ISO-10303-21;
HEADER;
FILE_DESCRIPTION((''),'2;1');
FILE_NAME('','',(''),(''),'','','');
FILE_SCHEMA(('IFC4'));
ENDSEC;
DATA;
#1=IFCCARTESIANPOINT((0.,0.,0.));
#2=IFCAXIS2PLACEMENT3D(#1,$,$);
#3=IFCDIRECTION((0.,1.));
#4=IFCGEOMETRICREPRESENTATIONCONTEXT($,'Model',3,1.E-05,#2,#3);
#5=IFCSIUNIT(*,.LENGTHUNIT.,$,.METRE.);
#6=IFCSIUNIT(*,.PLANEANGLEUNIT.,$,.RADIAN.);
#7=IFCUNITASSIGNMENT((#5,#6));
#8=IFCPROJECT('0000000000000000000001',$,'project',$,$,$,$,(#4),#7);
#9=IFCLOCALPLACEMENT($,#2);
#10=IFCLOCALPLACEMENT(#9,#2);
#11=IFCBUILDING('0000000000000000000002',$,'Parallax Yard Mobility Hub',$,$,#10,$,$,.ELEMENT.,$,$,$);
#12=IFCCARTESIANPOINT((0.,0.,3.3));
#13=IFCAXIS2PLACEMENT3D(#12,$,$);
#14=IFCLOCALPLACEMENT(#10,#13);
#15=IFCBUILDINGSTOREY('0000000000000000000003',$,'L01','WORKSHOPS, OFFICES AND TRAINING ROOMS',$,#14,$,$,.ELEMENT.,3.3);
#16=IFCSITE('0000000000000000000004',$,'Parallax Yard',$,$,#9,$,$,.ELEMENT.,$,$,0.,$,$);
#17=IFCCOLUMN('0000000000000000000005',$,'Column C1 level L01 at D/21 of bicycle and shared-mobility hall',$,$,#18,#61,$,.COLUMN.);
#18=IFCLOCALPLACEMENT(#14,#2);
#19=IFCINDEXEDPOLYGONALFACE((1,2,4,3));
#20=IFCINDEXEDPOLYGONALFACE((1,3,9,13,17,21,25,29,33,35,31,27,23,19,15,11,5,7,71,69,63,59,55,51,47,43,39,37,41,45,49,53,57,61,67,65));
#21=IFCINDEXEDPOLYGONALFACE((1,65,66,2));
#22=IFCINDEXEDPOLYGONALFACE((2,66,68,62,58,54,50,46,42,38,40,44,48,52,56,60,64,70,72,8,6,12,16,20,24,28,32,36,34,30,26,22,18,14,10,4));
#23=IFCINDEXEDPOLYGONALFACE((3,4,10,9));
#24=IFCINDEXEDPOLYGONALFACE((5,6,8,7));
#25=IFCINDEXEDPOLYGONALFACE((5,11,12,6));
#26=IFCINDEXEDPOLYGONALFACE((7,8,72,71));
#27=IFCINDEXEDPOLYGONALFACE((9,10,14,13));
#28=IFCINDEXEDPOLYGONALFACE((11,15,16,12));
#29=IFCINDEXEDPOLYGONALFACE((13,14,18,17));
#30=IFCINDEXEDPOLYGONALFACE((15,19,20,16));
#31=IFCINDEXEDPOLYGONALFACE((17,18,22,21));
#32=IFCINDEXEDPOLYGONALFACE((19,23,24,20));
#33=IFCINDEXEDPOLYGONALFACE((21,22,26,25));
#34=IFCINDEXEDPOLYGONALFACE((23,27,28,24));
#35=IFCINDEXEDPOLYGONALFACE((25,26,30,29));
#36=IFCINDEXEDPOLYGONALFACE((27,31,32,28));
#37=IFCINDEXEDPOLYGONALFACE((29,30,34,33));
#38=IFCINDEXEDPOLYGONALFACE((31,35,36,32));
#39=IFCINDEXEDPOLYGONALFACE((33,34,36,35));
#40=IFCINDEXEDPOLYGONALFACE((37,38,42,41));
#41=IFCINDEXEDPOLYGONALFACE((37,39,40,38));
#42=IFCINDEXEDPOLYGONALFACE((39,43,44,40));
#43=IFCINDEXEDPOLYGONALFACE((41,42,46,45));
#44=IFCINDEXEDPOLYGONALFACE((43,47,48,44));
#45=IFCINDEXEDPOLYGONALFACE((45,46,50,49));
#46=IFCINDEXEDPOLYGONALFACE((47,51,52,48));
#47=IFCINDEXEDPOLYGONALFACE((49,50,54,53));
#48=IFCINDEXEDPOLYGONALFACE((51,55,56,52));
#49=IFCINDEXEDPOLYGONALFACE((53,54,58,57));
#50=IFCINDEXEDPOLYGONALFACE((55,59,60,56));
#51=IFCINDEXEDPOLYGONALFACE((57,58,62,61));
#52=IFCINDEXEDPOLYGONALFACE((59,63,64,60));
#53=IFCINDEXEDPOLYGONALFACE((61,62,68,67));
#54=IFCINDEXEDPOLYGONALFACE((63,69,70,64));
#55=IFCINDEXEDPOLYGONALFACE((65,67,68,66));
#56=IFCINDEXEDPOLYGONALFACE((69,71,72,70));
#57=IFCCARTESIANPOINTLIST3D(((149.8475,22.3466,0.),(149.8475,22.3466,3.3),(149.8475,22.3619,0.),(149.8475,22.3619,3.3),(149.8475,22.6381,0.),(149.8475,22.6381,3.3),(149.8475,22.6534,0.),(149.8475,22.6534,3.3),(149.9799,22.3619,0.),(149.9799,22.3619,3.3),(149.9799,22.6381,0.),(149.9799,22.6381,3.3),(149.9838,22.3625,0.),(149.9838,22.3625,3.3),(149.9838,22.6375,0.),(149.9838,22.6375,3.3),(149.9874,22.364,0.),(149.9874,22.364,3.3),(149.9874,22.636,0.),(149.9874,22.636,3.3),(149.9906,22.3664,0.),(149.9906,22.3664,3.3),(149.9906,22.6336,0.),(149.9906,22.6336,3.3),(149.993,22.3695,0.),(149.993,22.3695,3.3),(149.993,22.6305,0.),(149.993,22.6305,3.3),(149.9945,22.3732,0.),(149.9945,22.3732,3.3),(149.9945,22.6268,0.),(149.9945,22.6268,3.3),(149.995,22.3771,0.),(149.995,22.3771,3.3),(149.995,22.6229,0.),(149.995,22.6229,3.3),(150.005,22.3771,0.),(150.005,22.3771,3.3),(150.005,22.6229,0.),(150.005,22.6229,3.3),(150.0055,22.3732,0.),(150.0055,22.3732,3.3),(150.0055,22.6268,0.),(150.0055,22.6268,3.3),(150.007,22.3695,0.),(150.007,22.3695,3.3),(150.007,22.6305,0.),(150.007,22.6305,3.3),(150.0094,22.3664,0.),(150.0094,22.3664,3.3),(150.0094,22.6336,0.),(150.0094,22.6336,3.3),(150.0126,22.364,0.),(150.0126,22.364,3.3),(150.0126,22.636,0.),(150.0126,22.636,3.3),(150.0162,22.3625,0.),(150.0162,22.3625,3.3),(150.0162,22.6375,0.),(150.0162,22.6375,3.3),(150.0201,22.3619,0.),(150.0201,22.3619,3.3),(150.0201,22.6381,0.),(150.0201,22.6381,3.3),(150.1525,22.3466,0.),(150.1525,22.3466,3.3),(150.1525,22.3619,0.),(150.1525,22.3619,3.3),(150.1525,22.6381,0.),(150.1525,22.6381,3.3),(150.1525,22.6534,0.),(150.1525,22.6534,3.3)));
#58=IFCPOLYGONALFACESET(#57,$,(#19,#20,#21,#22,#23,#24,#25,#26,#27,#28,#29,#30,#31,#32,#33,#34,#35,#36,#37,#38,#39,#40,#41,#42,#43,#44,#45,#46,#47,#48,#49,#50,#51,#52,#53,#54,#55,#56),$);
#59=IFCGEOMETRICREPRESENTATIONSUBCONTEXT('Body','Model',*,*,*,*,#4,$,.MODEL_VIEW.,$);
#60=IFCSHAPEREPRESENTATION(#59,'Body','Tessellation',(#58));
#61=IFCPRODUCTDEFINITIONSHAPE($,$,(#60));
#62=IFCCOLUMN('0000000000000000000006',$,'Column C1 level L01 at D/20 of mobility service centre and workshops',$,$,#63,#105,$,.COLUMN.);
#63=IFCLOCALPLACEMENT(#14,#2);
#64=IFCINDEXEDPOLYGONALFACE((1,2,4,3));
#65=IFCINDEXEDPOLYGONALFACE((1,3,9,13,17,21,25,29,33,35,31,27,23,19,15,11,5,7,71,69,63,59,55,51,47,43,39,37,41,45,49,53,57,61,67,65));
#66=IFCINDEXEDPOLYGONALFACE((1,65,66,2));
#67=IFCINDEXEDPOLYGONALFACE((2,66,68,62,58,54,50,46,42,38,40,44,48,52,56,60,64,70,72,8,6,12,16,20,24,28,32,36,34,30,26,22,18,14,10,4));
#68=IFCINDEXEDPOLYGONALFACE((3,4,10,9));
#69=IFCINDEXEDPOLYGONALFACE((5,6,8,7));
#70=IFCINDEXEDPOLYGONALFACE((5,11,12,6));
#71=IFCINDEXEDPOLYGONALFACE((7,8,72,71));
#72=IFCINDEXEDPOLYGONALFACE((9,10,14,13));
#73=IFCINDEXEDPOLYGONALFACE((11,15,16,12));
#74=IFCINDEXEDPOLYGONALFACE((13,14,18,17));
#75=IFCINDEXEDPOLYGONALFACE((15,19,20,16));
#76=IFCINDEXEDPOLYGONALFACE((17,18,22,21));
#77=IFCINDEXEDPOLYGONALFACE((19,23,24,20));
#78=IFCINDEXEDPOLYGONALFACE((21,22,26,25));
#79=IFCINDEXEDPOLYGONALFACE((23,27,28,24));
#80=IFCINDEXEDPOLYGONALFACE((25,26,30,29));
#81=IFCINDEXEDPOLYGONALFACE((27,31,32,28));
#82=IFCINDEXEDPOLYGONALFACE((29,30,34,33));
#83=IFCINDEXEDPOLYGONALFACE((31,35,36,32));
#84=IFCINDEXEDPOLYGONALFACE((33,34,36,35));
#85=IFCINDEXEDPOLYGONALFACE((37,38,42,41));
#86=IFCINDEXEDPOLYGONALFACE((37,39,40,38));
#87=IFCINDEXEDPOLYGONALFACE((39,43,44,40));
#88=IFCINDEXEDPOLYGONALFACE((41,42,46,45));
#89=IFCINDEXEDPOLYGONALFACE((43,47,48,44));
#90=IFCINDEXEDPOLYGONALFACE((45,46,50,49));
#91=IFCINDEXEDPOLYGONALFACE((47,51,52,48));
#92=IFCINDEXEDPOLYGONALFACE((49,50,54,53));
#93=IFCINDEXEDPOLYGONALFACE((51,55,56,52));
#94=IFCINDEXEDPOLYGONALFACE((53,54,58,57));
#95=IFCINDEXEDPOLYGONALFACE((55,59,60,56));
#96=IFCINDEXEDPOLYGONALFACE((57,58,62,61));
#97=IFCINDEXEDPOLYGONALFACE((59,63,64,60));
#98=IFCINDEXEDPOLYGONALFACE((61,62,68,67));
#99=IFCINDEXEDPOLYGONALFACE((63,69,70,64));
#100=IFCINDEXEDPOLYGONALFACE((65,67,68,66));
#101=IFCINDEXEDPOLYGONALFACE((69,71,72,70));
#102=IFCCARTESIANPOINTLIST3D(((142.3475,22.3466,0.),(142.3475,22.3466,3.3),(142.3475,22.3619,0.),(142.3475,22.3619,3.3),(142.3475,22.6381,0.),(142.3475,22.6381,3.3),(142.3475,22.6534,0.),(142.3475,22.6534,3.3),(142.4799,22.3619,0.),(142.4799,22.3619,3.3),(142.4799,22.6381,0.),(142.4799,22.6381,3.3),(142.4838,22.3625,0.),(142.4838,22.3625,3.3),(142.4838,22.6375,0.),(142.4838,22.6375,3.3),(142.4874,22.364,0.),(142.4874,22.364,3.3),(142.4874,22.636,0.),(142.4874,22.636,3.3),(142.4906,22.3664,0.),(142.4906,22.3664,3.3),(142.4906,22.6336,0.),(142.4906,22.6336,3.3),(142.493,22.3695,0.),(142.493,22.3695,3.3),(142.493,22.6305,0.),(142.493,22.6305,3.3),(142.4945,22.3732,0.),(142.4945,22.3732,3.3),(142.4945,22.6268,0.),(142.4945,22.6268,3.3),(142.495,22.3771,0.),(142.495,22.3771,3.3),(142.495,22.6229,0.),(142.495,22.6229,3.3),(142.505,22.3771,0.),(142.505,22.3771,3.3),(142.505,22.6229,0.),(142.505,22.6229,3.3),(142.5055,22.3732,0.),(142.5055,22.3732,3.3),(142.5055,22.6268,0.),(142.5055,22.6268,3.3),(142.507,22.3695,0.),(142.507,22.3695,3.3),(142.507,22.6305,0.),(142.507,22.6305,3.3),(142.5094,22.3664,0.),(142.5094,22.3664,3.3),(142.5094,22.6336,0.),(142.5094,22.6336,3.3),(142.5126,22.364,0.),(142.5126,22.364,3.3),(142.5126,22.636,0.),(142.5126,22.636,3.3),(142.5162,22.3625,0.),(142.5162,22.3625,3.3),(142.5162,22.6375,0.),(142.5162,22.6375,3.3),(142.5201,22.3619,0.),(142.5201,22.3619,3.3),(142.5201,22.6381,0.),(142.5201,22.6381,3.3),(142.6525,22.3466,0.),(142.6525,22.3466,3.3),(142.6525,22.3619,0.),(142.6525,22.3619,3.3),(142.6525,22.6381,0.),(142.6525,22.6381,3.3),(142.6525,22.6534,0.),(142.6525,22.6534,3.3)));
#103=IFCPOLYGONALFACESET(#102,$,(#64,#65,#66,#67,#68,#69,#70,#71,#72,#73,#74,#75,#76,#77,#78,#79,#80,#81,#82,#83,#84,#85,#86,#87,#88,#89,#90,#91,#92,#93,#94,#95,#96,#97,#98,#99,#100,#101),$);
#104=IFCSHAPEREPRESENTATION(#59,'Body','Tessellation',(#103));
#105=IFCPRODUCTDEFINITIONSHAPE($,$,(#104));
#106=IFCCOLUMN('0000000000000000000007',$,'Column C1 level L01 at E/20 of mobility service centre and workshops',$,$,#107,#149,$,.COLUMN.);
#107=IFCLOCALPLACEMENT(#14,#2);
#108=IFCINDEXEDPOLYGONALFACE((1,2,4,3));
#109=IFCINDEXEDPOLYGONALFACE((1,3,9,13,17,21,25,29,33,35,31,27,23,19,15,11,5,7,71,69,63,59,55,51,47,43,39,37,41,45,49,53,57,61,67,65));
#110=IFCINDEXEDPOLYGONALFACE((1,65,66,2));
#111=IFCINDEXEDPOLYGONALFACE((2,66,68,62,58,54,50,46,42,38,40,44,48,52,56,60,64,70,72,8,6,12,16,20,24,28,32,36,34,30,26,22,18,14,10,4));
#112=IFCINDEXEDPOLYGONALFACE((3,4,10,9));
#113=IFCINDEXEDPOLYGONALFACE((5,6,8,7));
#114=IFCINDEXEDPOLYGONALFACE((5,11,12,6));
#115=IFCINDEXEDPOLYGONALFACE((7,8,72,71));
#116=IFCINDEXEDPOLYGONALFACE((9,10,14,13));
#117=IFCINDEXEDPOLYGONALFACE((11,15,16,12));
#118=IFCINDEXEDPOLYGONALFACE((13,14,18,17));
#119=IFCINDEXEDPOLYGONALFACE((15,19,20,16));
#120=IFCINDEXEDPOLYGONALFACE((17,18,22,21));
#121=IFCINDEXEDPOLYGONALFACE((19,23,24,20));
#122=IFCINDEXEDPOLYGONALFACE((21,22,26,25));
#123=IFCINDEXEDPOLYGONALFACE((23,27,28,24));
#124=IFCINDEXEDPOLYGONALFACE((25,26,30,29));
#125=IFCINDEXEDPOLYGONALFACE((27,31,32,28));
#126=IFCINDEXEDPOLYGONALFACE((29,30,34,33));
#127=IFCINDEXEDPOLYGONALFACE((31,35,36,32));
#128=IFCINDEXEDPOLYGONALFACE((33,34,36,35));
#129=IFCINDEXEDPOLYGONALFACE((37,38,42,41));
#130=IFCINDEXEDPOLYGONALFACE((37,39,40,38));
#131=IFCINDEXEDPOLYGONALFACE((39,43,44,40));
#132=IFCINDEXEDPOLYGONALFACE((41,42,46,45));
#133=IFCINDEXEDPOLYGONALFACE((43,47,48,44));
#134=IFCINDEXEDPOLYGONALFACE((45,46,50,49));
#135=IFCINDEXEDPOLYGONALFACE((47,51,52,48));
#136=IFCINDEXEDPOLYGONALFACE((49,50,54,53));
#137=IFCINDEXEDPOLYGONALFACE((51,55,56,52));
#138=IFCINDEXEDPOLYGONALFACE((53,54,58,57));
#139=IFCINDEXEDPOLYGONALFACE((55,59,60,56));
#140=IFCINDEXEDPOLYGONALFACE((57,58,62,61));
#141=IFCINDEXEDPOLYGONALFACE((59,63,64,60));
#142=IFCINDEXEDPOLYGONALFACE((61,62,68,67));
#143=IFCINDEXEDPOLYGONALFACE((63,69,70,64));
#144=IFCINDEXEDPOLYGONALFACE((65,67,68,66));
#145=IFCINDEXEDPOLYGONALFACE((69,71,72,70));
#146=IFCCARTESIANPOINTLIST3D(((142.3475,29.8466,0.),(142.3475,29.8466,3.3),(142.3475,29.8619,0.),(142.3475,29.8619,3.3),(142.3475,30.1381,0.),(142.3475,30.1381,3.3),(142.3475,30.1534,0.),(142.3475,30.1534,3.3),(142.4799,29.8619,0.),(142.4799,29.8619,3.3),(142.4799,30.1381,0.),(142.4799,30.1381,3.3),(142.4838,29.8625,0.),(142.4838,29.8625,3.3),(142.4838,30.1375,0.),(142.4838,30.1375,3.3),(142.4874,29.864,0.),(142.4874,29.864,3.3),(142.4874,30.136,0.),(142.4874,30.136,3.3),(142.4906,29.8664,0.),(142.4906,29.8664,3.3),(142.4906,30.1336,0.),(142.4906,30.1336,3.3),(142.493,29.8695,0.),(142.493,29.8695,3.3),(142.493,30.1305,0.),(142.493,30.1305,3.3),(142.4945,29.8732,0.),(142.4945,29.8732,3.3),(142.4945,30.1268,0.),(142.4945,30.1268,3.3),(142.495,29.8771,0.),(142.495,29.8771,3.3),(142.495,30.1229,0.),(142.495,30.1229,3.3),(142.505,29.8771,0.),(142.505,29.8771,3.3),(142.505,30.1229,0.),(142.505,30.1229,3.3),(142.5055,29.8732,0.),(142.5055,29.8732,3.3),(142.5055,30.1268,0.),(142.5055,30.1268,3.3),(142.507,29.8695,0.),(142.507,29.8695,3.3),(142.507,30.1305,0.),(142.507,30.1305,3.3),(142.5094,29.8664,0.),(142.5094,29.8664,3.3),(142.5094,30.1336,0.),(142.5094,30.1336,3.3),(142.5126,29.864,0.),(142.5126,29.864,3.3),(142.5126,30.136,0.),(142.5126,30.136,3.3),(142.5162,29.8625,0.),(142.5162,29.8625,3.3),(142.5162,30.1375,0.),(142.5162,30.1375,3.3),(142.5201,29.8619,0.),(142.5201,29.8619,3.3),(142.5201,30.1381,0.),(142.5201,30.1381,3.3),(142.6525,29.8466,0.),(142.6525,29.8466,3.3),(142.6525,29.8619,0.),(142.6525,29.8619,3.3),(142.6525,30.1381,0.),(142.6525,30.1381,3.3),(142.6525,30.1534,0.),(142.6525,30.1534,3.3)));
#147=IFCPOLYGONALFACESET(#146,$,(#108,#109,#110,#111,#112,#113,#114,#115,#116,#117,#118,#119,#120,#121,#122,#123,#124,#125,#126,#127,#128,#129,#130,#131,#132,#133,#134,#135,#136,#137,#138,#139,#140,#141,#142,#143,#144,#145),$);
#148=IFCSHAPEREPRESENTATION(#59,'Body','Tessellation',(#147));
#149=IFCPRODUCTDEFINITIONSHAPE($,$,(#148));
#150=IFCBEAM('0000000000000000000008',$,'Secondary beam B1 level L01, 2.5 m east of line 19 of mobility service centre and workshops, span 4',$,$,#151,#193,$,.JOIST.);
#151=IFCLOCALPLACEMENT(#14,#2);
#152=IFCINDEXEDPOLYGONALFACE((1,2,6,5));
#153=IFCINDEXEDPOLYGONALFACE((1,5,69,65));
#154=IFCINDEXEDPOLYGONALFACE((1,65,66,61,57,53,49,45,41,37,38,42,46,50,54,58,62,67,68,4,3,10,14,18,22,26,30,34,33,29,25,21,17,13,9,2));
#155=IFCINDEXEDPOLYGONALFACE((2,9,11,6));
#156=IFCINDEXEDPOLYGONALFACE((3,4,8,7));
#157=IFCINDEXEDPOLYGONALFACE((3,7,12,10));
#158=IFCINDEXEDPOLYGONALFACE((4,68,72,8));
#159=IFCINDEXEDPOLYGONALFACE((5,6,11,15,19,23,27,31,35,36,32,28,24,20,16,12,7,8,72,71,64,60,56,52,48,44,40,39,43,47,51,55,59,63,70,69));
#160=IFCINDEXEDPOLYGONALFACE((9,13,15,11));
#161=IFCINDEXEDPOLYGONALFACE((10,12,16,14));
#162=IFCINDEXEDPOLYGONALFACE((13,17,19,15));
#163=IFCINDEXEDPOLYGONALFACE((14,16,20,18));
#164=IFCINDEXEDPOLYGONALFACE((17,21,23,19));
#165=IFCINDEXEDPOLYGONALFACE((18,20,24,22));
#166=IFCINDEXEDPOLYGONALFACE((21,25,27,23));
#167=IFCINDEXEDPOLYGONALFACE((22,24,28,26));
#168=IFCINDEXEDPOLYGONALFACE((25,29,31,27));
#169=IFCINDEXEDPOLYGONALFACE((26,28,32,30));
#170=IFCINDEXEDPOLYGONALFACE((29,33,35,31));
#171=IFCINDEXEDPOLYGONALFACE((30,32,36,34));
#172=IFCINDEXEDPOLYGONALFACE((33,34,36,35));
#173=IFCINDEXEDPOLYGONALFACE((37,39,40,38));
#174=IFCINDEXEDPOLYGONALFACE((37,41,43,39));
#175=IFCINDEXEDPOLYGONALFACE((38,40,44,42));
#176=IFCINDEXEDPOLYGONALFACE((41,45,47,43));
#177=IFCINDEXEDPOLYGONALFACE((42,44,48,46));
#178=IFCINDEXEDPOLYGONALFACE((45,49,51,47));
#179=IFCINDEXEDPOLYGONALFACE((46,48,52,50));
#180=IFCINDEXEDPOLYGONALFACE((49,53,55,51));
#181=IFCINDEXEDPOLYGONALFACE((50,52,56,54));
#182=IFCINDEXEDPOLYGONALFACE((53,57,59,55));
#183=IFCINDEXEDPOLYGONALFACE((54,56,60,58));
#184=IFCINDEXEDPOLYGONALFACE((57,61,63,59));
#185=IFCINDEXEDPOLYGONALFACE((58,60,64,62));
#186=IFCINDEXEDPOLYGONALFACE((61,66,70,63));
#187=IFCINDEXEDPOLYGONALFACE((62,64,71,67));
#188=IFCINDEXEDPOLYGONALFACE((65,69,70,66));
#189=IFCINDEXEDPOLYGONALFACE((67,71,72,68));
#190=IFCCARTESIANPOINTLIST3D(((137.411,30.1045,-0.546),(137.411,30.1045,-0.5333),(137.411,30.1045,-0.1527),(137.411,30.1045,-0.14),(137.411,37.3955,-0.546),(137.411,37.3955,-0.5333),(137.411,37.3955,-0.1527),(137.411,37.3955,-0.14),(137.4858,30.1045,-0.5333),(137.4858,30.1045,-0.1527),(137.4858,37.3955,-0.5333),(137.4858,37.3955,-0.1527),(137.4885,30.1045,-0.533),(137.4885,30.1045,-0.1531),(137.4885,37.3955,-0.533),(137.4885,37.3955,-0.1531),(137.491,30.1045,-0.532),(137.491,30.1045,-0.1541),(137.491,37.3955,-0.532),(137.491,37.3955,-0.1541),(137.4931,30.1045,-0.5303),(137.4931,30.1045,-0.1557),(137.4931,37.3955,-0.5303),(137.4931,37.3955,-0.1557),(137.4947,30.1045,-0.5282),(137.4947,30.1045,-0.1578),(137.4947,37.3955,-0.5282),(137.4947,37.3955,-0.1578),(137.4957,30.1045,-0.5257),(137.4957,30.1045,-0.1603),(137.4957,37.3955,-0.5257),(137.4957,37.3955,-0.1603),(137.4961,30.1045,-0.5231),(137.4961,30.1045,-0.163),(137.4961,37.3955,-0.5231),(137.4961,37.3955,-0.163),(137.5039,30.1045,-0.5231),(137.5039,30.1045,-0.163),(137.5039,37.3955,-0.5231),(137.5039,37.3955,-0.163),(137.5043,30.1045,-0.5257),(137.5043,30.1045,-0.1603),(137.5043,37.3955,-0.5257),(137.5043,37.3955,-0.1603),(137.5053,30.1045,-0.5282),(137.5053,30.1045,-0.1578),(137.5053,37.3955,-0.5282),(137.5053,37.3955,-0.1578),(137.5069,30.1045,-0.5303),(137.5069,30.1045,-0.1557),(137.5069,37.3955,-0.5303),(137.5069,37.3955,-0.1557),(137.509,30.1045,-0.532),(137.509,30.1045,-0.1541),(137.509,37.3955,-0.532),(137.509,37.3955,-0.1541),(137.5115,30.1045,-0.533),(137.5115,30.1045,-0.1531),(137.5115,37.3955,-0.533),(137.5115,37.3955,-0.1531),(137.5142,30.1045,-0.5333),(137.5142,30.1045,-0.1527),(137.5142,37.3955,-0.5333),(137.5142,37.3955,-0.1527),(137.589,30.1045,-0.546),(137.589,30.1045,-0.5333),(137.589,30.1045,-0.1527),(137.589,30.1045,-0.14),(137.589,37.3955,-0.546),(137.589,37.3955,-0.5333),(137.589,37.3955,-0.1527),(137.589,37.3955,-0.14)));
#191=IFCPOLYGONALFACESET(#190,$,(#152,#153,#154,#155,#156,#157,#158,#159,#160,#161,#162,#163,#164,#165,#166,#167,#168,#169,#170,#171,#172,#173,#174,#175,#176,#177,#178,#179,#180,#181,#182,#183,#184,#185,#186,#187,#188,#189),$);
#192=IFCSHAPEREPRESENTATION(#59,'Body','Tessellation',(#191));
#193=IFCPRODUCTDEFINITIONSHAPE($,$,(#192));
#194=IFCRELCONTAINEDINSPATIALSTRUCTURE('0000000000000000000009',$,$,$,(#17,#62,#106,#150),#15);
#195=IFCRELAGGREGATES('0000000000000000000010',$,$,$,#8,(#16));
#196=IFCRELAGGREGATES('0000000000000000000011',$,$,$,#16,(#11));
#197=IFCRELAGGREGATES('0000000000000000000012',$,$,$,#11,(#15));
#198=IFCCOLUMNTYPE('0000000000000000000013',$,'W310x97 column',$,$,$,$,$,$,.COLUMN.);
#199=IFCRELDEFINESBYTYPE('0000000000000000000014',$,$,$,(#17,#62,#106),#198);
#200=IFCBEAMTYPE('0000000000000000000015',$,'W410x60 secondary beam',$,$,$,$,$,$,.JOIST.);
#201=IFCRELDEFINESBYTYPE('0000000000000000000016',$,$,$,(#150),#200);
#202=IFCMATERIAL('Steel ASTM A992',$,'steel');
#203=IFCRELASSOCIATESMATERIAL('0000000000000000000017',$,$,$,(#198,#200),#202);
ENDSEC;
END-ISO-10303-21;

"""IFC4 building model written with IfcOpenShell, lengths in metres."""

from ifc_helpers import new_model, si_unit, direction, frame, origin, origin_2d, place, context, subcontext, project, spatial, i_section, extrude, material, material_profile, profile_set, type_object, element, save


model = new_model("IFC4")

# Units and contexts
model_context = context("Model", 3, precision=1e-05, world=origin(), true_north=direction((0.0, 1.0)))
body_context = subcontext(model_context, "Body", "Model", "MODEL_VIEW")
ifc_project = project(units=[si_unit("LENGTHUNIT", "METRE"), si_unit("PLANEANGLEUNIT", "RADIAN")], contexts=[model_context])

# Site, building, storey
site_placement = place(None, origin())
site = spatial("IfcSite", under=ifc_project, at=site_placement, Name="Parallax Yard", CompositionType="ELEMENT", RefElevation=0.0)
building_placement = place(site_placement, origin())
building = spatial("IfcBuilding", under=site, at=building_placement, Name="Parallax Yard Mobility Hub", CompositionType="ELEMENT")
storey_placement = place(building_placement, frame((0.0, 0.0, 3.3)))
storey = spatial("IfcBuildingStorey", under=building, at=storey_placement, Name="L01", Description="WORKSHOPS, OFFICES AND TRAINING ROOMS", CompositionType="ELEMENT", Elevation=3.3)

# Columns
ifc_material_1 = material(Name="Steel ASTM A992", Category="steel")
ifc_material_profile_1 = material_profile(ifc_material_1, i_section(OverallWidth=0.3049, OverallDepth=0.3069, WebThickness=0.01, FlangeThickness=0.0154, FilletRadius=0.0151, at=origin_2d()), Name="W310x97")
ifc_profile_set_1 = profile_set([ifc_material_profile_1], Name="Steel ASTM A992")
column_type = type_object("IfcColumnType", Name="W310x97 column", PredefinedType="COLUMN", material=ifc_profile_set_1)
for number, where, z_axis, x_axis, name in (
    (1, (150.0, 22.5, 0.0), (0.0, 0.0, 1.0), (1.0, 0.0, 0.0), "Column C1 level L01 at D/21 of bicycle and shared-mobility hall"),
    (2, (142.5, 22.5, 0.0), (0.0, 0.0, 1.0), (1.0, 0.0, 0.0), "Column C1 level L01 at D/20 of mobility service centre and workshops"),
    (3, (142.5, 30.0, 0.0), (0.0, 0.0, 1.0), (1.0, 0.0, 0.0), "Column C1 level L01 at E/20 of mobility service centre and workshops"),
):
    element("IfcColumn", number, at=place(storey_placement, frame(where, z_axis=z_axis, x_axis=x_axis)), inside=storey, type_object=column_type, Name=name, PredefinedType="COLUMN", context=body_context, shape_type="SweptSolid", body=[
        extrude(i_section(OverallWidth=0.3049, OverallDepth=0.3069, WebThickness=0.01, FlangeThickness=0.0154, FilletRadius=0.0151, at=origin_2d()), origin(), (0.0, 0.0, 1.0), 3.3),
    ])

# Beam
ifc_material_profile_2 = material_profile(ifc_material_1, i_section(OverallWidth=0.178, OverallDepth=0.406, WebThickness=0.0078, FlangeThickness=0.0127, FilletRadius=0.0103, at=origin_2d()), Name="W410x60")
ifc_profile_set_2 = profile_set([ifc_material_profile_2], Name="Steel ASTM A992")
beam_type_1 = type_object("IfcBeamType", Name="W410x60 secondary beam", PredefinedType="JOIST", material=ifc_profile_set_2)
for number, where, z_axis, x_axis, name in (
    (4, (137.5, 30.1045, -0.343), (0.0, 1.0, 0.0), (-1.0, 0.0, 0.0), "Secondary beam B1 level L01, 2.5 m east of line 19 of mobility service centre and workshops, span 4"),
):
    element("IfcBeam", number, at=place(storey_placement, frame(where, z_axis=z_axis, x_axis=x_axis)), inside=storey, type_object=beam_type_1, Name=name, PredefinedType="JOIST", context=body_context, shape_type="SweptSolid", body=[
        extrude(i_section(OverallWidth=0.178, OverallDepth=0.406, WebThickness=0.0078, FlangeThickness=0.0127, FilletRadius=0.0103, at=origin_2d()), origin(), (0.0, 0.0, 1.0), 7.291),
    ])

save(model, "model.ifc")
